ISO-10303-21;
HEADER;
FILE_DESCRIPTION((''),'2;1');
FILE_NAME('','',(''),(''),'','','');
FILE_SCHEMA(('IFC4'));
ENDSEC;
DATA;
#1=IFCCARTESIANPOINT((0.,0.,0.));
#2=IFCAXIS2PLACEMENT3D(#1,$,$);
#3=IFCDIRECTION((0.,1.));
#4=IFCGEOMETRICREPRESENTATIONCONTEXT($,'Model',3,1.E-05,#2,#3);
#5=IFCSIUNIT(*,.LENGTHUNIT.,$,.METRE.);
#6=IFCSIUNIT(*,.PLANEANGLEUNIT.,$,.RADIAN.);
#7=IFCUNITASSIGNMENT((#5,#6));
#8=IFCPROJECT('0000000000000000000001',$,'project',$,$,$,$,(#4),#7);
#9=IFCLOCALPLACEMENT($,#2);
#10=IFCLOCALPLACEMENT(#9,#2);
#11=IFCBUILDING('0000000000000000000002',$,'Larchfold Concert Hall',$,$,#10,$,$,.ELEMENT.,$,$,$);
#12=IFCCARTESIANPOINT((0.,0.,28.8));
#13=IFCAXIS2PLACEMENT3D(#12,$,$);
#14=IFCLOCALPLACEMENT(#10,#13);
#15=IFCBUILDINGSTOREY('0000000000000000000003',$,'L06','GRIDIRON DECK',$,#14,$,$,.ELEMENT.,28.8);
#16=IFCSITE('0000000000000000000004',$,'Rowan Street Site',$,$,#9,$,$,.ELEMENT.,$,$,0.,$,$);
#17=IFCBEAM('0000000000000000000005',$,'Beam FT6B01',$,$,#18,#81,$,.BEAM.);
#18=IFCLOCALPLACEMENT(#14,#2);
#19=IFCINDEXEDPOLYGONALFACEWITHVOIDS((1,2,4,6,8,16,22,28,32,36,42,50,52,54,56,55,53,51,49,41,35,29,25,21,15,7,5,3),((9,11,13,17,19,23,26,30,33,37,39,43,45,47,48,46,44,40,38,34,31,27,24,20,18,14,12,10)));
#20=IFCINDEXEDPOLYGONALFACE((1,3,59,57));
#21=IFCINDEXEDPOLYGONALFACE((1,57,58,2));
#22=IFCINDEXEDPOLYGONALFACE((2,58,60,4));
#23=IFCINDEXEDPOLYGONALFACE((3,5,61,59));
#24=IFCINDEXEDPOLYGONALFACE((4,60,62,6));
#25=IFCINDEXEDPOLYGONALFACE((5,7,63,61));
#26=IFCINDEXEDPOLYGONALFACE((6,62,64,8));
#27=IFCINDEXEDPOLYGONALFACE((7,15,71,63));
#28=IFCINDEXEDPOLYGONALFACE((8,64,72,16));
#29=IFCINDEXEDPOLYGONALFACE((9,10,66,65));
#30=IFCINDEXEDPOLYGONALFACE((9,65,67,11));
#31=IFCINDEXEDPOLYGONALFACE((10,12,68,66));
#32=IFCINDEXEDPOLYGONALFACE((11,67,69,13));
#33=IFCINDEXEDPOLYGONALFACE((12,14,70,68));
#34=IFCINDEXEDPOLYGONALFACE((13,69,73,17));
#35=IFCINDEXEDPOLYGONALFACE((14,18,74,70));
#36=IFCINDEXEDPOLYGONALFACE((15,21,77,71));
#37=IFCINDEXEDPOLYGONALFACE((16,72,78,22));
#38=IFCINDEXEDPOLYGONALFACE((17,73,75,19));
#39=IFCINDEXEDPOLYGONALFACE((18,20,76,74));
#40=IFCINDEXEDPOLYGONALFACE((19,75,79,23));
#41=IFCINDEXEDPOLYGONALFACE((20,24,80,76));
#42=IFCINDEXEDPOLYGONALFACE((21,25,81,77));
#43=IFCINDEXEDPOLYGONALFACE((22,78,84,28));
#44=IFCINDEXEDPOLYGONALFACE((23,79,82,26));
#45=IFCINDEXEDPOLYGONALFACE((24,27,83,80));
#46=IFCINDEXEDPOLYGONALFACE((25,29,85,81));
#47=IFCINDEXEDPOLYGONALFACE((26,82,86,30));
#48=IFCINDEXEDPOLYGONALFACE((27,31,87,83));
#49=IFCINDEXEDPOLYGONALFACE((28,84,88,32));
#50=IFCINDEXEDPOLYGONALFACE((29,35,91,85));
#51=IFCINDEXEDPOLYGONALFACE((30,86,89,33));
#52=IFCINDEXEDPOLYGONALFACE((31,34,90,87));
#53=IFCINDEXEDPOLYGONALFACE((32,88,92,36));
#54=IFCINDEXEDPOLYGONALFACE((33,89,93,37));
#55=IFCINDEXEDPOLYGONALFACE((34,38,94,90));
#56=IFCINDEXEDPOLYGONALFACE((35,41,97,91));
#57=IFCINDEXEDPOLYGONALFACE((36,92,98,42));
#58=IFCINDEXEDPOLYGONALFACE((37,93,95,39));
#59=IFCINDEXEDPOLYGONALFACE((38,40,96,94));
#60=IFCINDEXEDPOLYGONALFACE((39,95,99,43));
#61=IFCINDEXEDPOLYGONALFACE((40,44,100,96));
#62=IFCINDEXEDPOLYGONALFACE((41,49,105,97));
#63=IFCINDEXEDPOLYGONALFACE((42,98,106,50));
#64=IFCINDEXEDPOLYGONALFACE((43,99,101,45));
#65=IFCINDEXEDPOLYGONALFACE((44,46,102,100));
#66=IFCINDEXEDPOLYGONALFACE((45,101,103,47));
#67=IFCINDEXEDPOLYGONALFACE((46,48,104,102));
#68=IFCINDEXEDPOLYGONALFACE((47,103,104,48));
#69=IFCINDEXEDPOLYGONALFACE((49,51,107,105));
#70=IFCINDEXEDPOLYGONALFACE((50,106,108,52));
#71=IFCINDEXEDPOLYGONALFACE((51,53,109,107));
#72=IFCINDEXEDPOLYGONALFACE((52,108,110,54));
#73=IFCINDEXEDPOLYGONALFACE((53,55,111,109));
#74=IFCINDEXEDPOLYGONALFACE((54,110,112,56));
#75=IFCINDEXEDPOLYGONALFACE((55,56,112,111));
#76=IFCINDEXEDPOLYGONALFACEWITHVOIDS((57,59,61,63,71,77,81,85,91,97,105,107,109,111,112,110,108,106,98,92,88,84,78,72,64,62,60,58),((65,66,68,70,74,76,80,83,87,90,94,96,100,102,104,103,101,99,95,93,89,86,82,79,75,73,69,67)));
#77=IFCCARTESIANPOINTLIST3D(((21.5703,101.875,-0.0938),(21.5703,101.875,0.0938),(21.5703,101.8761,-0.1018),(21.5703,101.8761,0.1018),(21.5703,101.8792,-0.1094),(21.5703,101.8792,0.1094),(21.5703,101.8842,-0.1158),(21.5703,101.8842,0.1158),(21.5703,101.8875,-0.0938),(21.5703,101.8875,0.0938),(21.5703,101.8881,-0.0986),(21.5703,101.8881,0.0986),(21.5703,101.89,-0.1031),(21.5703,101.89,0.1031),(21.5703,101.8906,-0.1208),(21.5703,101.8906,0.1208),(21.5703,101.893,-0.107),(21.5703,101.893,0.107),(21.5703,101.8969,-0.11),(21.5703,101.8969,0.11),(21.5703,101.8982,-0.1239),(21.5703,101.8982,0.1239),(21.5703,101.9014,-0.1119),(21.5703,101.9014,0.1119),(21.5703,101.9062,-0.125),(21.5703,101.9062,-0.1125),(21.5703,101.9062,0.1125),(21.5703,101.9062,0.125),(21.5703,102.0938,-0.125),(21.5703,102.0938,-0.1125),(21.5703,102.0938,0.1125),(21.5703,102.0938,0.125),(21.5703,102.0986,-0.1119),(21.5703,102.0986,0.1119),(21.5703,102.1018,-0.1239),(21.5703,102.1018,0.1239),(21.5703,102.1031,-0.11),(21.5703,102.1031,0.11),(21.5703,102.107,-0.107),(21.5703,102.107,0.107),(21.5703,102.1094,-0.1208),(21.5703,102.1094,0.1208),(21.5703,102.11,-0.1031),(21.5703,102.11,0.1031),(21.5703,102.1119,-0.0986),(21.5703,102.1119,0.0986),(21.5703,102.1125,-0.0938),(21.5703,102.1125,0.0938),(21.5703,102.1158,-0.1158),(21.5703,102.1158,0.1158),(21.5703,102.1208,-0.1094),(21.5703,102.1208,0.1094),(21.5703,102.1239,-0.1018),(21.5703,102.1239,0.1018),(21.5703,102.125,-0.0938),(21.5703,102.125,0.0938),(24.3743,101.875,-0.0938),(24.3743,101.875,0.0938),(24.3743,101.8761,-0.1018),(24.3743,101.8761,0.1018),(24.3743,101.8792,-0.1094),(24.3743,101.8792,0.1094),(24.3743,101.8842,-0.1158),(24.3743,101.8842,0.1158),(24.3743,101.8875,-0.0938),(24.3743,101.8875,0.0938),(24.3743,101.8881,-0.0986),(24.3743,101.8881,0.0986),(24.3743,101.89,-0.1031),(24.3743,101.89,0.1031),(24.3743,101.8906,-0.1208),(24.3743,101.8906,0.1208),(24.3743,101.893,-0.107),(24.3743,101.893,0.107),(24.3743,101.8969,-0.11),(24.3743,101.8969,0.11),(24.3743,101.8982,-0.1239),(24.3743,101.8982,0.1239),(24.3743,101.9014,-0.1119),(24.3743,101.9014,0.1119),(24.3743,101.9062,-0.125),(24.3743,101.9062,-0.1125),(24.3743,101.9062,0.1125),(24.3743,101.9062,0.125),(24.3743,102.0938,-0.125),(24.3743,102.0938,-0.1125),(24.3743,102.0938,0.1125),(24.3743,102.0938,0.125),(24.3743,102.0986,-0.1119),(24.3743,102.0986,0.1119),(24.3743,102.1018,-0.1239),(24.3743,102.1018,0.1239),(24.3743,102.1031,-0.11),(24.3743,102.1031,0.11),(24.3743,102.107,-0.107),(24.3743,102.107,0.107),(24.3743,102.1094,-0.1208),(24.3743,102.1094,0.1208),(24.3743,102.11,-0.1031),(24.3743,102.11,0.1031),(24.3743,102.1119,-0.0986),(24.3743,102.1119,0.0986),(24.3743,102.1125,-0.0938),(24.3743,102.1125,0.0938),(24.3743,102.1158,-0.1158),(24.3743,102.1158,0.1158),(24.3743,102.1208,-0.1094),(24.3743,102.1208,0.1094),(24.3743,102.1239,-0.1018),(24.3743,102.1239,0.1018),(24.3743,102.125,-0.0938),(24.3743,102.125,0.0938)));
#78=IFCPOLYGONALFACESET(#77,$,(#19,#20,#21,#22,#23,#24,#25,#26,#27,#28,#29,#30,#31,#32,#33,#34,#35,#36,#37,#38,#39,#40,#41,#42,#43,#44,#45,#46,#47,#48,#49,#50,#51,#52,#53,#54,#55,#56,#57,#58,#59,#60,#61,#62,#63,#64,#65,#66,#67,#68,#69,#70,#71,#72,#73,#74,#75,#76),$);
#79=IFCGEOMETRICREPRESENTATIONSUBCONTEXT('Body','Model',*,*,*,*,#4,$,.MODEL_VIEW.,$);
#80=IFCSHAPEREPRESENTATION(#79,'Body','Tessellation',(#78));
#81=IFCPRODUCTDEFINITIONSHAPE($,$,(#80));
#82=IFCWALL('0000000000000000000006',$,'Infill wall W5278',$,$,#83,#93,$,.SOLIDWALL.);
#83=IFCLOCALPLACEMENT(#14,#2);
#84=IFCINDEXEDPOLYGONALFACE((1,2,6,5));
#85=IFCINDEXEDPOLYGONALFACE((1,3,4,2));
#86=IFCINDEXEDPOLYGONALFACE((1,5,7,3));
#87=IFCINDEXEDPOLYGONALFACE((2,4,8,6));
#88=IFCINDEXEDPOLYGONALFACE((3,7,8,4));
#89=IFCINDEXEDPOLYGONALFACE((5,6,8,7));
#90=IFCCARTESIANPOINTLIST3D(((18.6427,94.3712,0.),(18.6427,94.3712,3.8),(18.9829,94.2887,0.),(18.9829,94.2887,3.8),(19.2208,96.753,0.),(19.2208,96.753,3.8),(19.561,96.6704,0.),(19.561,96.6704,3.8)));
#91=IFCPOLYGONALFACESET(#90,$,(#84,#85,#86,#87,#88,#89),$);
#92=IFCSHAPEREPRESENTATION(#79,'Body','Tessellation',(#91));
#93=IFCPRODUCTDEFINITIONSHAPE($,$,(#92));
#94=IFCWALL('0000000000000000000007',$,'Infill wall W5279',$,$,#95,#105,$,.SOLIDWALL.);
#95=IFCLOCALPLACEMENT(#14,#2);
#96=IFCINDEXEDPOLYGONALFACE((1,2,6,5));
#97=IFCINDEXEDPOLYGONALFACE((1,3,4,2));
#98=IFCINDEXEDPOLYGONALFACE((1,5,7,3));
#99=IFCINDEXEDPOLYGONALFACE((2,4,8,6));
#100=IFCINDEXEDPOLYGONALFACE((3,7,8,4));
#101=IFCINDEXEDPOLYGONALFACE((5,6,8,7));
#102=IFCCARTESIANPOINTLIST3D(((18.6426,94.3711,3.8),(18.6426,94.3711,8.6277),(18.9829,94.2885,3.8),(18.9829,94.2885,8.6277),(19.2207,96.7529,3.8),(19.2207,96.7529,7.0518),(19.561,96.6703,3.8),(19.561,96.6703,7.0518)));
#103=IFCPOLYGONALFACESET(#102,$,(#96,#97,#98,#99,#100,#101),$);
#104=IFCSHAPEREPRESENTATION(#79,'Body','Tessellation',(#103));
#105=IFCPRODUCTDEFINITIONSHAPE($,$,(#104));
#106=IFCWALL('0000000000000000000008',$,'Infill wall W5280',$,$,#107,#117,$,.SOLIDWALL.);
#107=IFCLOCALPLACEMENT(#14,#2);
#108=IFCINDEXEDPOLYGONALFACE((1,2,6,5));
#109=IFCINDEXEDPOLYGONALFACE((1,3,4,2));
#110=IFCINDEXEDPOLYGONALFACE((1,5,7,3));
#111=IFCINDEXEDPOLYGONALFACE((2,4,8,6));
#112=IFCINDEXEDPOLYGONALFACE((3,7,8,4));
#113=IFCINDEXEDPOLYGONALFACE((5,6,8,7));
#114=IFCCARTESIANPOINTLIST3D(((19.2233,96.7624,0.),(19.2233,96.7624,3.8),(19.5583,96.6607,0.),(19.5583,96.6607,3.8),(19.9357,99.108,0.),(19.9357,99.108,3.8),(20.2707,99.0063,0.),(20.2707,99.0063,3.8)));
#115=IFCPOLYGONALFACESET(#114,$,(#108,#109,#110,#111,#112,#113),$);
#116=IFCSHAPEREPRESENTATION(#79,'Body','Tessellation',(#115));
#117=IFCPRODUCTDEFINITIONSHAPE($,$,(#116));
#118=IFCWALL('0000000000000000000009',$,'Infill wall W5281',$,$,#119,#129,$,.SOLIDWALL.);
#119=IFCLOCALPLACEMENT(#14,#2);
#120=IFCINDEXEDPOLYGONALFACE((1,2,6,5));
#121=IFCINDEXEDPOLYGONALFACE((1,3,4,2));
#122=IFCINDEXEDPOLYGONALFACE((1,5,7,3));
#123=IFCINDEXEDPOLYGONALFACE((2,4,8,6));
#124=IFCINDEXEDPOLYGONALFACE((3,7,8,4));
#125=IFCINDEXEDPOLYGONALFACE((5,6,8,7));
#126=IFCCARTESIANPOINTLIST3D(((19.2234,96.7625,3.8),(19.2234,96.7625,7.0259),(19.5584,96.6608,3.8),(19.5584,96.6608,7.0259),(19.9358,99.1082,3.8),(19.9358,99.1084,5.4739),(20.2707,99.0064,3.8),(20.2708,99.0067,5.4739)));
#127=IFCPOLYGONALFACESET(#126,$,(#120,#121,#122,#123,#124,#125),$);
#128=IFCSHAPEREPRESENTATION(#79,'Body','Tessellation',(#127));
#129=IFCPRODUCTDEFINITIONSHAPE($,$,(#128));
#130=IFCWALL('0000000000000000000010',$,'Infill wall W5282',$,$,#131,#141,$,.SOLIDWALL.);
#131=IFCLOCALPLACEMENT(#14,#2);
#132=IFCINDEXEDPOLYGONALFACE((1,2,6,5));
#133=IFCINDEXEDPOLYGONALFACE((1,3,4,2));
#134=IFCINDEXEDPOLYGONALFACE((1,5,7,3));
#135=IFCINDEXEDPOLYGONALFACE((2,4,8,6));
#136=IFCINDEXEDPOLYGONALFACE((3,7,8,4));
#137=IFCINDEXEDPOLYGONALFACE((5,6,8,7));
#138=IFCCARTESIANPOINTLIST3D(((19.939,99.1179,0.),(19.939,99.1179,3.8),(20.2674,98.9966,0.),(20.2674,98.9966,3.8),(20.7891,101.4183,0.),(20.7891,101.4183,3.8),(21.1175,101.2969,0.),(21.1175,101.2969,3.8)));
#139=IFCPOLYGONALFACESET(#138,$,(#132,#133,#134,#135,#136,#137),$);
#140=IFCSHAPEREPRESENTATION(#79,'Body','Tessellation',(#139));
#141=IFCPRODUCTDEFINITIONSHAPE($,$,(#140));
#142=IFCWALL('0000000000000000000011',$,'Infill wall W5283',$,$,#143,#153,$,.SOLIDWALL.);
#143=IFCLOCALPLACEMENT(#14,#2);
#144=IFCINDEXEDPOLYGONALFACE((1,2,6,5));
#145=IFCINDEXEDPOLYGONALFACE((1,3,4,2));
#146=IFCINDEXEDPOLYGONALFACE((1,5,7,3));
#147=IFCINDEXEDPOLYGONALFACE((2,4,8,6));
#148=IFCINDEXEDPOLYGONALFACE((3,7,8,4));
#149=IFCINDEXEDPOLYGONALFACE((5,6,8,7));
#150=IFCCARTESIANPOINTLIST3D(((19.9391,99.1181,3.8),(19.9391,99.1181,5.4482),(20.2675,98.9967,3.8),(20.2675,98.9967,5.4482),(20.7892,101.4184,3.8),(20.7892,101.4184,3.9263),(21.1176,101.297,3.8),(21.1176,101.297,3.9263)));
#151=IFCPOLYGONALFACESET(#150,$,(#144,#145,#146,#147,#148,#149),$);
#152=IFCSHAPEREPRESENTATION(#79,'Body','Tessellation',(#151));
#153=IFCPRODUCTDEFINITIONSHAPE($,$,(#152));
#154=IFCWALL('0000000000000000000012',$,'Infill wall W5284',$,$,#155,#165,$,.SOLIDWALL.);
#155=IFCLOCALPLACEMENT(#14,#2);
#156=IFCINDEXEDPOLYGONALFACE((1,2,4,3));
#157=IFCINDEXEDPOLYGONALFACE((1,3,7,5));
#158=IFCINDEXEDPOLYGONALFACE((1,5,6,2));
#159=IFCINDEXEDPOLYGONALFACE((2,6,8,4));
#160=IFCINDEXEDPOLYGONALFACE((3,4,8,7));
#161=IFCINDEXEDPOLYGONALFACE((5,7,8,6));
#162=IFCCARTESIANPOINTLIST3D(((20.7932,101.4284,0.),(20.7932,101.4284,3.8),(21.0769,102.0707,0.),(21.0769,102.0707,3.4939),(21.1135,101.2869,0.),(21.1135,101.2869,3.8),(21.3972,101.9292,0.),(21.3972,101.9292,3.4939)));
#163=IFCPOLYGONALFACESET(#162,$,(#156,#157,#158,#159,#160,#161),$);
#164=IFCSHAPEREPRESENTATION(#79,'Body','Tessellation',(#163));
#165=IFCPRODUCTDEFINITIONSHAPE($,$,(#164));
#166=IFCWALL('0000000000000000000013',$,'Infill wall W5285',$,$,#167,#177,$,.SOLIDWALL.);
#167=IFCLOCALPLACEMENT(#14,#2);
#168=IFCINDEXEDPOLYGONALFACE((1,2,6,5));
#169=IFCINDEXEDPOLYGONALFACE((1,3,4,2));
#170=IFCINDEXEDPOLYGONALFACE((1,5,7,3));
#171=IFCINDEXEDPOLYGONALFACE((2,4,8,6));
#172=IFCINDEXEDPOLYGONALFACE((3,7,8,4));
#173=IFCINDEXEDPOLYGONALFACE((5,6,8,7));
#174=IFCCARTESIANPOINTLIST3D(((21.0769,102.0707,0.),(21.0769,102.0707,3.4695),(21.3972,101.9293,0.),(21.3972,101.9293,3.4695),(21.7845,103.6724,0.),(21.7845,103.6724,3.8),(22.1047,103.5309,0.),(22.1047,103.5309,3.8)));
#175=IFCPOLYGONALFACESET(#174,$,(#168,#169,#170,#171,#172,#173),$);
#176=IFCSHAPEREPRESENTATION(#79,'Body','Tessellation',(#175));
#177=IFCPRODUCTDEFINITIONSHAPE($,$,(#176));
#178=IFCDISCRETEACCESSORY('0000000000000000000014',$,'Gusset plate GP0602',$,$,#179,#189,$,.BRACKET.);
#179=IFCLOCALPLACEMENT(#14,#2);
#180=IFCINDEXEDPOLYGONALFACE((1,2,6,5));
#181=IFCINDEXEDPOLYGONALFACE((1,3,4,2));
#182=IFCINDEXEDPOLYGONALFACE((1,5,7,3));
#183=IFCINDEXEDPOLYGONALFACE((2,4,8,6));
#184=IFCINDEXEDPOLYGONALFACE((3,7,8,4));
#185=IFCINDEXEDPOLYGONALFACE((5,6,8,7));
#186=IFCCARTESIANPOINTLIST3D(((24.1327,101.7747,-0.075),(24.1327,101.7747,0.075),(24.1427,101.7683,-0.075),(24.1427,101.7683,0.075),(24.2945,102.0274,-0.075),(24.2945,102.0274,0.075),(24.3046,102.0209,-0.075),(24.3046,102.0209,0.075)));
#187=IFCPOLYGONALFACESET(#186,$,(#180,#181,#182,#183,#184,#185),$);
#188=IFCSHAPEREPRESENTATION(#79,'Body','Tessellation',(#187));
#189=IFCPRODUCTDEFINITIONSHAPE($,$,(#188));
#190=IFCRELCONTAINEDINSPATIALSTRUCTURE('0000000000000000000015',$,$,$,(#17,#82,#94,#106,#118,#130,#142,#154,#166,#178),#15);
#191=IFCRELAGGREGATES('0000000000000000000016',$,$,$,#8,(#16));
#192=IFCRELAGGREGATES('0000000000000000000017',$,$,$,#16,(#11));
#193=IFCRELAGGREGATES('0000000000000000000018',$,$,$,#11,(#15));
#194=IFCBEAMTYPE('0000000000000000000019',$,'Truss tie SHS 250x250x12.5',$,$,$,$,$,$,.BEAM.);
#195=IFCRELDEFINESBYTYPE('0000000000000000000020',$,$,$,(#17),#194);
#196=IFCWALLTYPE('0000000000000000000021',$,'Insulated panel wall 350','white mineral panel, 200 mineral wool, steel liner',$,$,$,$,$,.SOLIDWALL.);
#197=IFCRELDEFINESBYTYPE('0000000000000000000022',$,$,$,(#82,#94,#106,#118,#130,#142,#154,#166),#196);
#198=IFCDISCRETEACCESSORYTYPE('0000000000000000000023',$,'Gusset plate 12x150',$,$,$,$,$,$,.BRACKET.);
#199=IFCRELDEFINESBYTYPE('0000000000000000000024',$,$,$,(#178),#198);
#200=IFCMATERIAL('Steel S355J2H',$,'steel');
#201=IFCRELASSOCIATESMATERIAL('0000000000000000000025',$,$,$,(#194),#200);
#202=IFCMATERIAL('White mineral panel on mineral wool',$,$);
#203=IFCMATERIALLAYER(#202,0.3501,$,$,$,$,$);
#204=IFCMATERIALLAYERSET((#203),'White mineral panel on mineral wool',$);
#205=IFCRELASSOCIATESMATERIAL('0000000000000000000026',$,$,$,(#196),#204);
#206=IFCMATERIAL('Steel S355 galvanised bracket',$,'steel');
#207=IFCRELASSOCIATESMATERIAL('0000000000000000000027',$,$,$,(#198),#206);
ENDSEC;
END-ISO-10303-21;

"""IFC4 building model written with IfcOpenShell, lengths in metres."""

from ifc_helpers import new_model, si_unit, direction, frame, frame_2d, origin, origin_2d, place, context, subcontext, project, spatial, polyline, rectangle, hollow_rectangle, outline, extrude, material, layer, layer_set, material_profile, profile_set, type_object, element, save


model = new_model("IFC4")

# Units and contexts
model_context = context("Model", 3, precision=1e-05, world=origin(), true_north=direction((0.0, 1.0)))
body_context = subcontext(model_context, "Body", "Model", "MODEL_VIEW")
ifc_project = project(units=[si_unit("LENGTHUNIT", "METRE"), si_unit("PLANEANGLEUNIT", "RADIAN")], contexts=[model_context])

# Site, building, storey
site_placement = place(None, origin())
site = spatial("IfcSite", under=ifc_project, at=site_placement, Name="Rowan Street Site", CompositionType="ELEMENT", RefElevation=0.0)
building_placement = place(site_placement, origin())
building = spatial("IfcBuilding", under=site, at=building_placement, Name="Larchfold Concert Hall", CompositionType="ELEMENT")
storey_placement = place(building_placement, frame((0.0, 0.0, 28.8)))
storey = spatial("IfcBuildingStorey", under=building, at=storey_placement, Name="L06", Description="GRIDIRON DECK", CompositionType="ELEMENT", Elevation=28.8)

# Beam
ifc_material_1 = material(Name="Steel S355J2H", Category="steel")
ifc_material_profile_1 = material_profile(ifc_material_1, hollow_rectangle(XDim=0.25, YDim=0.25, WallThickness=0.0125, InnerFilletRadius=0.0188, OuterFilletRadius=0.0312, at=origin_2d()))
ifc_profile_set_1 = profile_set([ifc_material_profile_1], Name="Steel S355J2H")
beam_type_1 = type_object("IfcBeamType", Name="Truss tie SHS 250x250x12.5", PredefinedType="BEAM", material=ifc_profile_set_1)
beam_1_placement = place(storey_placement, frame((21.5703, 102.0, 0.0), z_axis=(1.0, 0.0, 0.0), x_axis=(0.0, 1.0, 0.0)))
element("IfcBeam", 1, at=beam_1_placement, inside=storey, type_object=beam_type_1, Name="Beam FT6B01", PredefinedType="BEAM", context=body_context, shape_type="SweptSolid", body=[
    extrude(hollow_rectangle(XDim=0.25, YDim=0.25, WallThickness=0.0125, InnerFilletRadius=0.0188, OuterFilletRadius=0.0312, at=origin_2d()), origin(), (0.0, 0.0, 1.0), 2.804),
])

# Walls
ifc_material_2 = material(Name="White mineral panel on mineral wool")
ifc_layer = layer(ifc_material_2, 0.3501)
ifc_layer_set = layer_set([ifc_layer], Name="White mineral panel on mineral wool")
wall_type = type_object("IfcWallType", Name="Insulated panel wall 350", Description="white mineral panel, 200 mineral wool, steel liner", PredefinedType="SOLIDWALL", material=ifc_layer_set)
wall_1_placement = place(storey_placement, frame((18.8127, 94.3298, 0.0), z_axis=(0.0, 0.0, 1.0), x_axis=(0.235874, 0.971784, 0.0)))
element("IfcWall", 2, at=wall_1_placement, inside=storey, type_object=wall_type, Name="Infill wall W5278", PredefinedType="SOLIDWALL", context=body_context, shape_type="SweptSolid", body=[
    extrude(rectangle(XDim=2.4509, YDim=0.3501, at=frame_2d((1.2256, 0.0))), origin(), (0.0, 0.0, 1.0), 3.8),
])
wall_2_placement = place(storey_placement, frame((18.8127, 94.3298, 3.8), z_axis=(0.0, 0.0, 1.0), x_axis=(0.235874, 0.971784, 0.0)))
element("IfcWall", 3, at=wall_2_placement, inside=storey, type_object=wall_type, Name="Infill wall W5279", PredefinedType="SOLIDWALL", context=body_context, shape_type="SweptSolid", body=[
    extrude(outline(polyline([(0.0, 0.0), (2.4509, 0.0), (2.4509, 3.2517), (0.0, 4.8276), (0.0, 0.0)])), frame((0.0, 0.175, 0.0), z_axis=(0.0, -1.0, 0.0), x_axis=(1.0, 0.0, 0.0)), (0.0, 0.0, 1.0), 0.3501),
])
wall_3_placement = place(storey_placement, frame((19.3909, 96.7117, 0.0), z_axis=(0.0, 0.0, 1.0), x_axis=(0.290599, 0.956845, 0.0)))
element("IfcWall", 4, at=wall_3_placement, inside=storey, type_object=wall_type, Name="Infill wall W5280", PredefinedType="SOLIDWALL", context=body_context, shape_type="SweptSolid", body=[
    extrude(rectangle(XDim=2.4514, YDim=0.3501, at=frame_2d((1.2256, 0.0))), origin(), (0.0, 0.0, 1.0), 3.8),
])
wall_4_placement = place(storey_placement, frame((19.3909, 96.7117, 3.8), z_axis=(0.0, 0.0, 1.0), x_axis=(0.290599, 0.956845, 0.0)))
element("IfcWall", 5, at=wall_4_placement, inside=storey, type_object=wall_type, Name="Infill wall W5281", PredefinedType="SOLIDWALL", context=body_context, shape_type="SweptSolid", body=[
    extrude(outline(polyline([(0.0, 0.0), (2.4514, 0.0), (2.4517, 1.6738), (0.0, 3.2258), (0.0, 0.0)])), frame((0.0, 0.175, 0.0), z_axis=(0.0, -1.0, 0.0), x_axis=(1.0, 0.0, 0.0)), (0.0, 0.0, 1.0), 0.3501),
])
wall_5_placement = place(storey_placement, frame((20.1033, 99.0574, 0.0), z_axis=(0.0, 0.0, 1.0), x_axis=(0.346646, 0.937996, 0.0)))
element("IfcWall", 6, at=wall_5_placement, inside=storey, type_object=wall_type, Name="Infill wall W5282", PredefinedType="SOLIDWALL", context=body_context, shape_type="SweptSolid", body=[
    extrude(rectangle(XDim=2.4524, YDim=0.3501, at=frame_2d((1.2261, 0.0))), origin(), (0.0, 0.0, 1.0), 3.8),
])
wall_6_placement = place(storey_placement, frame((20.1033, 99.0574, 3.8), z_axis=(0.0, 0.0, 1.0), x_axis=(0.346646, 0.937996, 0.0)))
element("IfcWall", 7, at=wall_6_placement, inside=storey, type_object=wall_type, Name="Infill wall W5283", PredefinedType="SOLIDWALL", context=body_context, shape_type="SweptSolid", body=[
    extrude(outline(polyline([(0.0, 0.0), (2.4524, 0.0), (2.4524, 0.1262), (0.0, 1.6482), (0.0, 0.0)])), frame((0.0, 0.175, 0.0), z_axis=(0.0, -1.0, 0.0), x_axis=(1.0, 0.0, 0.0)), (0.0, 0.0, 1.0), 0.3501),
])
wall_7_placement = place(storey_placement, frame((20.9534, 101.3577, 0.0), z_axis=(0.0, 0.0, 1.0), x_axis=(0.404008, 0.914755, 0.0)))
element("IfcWall", 8, at=wall_7_placement, inside=storey, type_object=wall_type, Name="Infill wall W5284", PredefinedType="SOLIDWALL", context=body_context, shape_type="SweptSolid", body=[
    extrude(outline(polyline([(0.0, 0.0), (0.7021, 0.0), (0.7021, 3.4939), (0.0, 3.8), (0.0, 0.0)])), frame((0.0, 0.175, 0.0), z_axis=(0.0, -1.0, 0.0), x_axis=(1.0, 0.0, 0.0)), (0.0, 0.0, 1.0), 0.3501),
])
wall_8_placement = place(storey_placement, frame((21.2371, 102.0, 0.0), z_axis=(0.0, 0.0, 1.0), x_axis=(0.404093, 0.914718, 0.0)))
element("IfcWall", 9, at=wall_8_placement, inside=storey, type_object=wall_type, Name="Infill wall W5285", PredefinedType="SOLIDWALL", context=body_context, shape_type="SweptSolid", body=[
    extrude(outline(polyline([(0.0, 0.0), (1.751, 0.0), (1.751, 3.8), (0.0, 3.4695), (0.0, 0.0)])), frame((0.0, 0.175, 0.0), z_axis=(0.0, -1.0, 0.0), x_axis=(1.0, 0.0, 0.0)), (0.0, 0.0, 1.0), 0.3501),
])

# Discrete accessory
ifc_material_3 = material(Name="Steel S355 galvanised bracket", Category="steel")
ifc_material_profile_2 = material_profile(ifc_material_3, rectangle(XDim=0.012, YDim=0.1499, at=origin_2d()))
ifc_profile_set_2 = profile_set([ifc_material_profile_2], Name="Steel S355 galvanised bracket")
discrete_accessory_type = type_object("IfcDiscreteAccessoryType", Name="Gusset plate 12x150", PredefinedType="BRACKET", material=ifc_profile_set_2)
for number, where, z_axis, x_axis, name in (
    (10, (24.1377, 101.7715, 0.0), (0.5394, 0.84205, 0.0), (-0.84205, 0.5394, 0.0), "Gusset plate GP0602"),
):
    element("IfcDiscreteAccessory", number, at=place(storey_placement, frame(where, z_axis=z_axis, x_axis=x_axis)), inside=storey, type_object=discrete_accessory_type, Name=name, PredefinedType="BRACKET", context=body_context, shape_type="SweptSolid", body=[
        extrude(rectangle(XDim=0.012, YDim=0.1499, at=origin_2d()), origin(), (0.0, 0.0, 1.0), 0.3),
    ])

save(model, "model.ifc")
